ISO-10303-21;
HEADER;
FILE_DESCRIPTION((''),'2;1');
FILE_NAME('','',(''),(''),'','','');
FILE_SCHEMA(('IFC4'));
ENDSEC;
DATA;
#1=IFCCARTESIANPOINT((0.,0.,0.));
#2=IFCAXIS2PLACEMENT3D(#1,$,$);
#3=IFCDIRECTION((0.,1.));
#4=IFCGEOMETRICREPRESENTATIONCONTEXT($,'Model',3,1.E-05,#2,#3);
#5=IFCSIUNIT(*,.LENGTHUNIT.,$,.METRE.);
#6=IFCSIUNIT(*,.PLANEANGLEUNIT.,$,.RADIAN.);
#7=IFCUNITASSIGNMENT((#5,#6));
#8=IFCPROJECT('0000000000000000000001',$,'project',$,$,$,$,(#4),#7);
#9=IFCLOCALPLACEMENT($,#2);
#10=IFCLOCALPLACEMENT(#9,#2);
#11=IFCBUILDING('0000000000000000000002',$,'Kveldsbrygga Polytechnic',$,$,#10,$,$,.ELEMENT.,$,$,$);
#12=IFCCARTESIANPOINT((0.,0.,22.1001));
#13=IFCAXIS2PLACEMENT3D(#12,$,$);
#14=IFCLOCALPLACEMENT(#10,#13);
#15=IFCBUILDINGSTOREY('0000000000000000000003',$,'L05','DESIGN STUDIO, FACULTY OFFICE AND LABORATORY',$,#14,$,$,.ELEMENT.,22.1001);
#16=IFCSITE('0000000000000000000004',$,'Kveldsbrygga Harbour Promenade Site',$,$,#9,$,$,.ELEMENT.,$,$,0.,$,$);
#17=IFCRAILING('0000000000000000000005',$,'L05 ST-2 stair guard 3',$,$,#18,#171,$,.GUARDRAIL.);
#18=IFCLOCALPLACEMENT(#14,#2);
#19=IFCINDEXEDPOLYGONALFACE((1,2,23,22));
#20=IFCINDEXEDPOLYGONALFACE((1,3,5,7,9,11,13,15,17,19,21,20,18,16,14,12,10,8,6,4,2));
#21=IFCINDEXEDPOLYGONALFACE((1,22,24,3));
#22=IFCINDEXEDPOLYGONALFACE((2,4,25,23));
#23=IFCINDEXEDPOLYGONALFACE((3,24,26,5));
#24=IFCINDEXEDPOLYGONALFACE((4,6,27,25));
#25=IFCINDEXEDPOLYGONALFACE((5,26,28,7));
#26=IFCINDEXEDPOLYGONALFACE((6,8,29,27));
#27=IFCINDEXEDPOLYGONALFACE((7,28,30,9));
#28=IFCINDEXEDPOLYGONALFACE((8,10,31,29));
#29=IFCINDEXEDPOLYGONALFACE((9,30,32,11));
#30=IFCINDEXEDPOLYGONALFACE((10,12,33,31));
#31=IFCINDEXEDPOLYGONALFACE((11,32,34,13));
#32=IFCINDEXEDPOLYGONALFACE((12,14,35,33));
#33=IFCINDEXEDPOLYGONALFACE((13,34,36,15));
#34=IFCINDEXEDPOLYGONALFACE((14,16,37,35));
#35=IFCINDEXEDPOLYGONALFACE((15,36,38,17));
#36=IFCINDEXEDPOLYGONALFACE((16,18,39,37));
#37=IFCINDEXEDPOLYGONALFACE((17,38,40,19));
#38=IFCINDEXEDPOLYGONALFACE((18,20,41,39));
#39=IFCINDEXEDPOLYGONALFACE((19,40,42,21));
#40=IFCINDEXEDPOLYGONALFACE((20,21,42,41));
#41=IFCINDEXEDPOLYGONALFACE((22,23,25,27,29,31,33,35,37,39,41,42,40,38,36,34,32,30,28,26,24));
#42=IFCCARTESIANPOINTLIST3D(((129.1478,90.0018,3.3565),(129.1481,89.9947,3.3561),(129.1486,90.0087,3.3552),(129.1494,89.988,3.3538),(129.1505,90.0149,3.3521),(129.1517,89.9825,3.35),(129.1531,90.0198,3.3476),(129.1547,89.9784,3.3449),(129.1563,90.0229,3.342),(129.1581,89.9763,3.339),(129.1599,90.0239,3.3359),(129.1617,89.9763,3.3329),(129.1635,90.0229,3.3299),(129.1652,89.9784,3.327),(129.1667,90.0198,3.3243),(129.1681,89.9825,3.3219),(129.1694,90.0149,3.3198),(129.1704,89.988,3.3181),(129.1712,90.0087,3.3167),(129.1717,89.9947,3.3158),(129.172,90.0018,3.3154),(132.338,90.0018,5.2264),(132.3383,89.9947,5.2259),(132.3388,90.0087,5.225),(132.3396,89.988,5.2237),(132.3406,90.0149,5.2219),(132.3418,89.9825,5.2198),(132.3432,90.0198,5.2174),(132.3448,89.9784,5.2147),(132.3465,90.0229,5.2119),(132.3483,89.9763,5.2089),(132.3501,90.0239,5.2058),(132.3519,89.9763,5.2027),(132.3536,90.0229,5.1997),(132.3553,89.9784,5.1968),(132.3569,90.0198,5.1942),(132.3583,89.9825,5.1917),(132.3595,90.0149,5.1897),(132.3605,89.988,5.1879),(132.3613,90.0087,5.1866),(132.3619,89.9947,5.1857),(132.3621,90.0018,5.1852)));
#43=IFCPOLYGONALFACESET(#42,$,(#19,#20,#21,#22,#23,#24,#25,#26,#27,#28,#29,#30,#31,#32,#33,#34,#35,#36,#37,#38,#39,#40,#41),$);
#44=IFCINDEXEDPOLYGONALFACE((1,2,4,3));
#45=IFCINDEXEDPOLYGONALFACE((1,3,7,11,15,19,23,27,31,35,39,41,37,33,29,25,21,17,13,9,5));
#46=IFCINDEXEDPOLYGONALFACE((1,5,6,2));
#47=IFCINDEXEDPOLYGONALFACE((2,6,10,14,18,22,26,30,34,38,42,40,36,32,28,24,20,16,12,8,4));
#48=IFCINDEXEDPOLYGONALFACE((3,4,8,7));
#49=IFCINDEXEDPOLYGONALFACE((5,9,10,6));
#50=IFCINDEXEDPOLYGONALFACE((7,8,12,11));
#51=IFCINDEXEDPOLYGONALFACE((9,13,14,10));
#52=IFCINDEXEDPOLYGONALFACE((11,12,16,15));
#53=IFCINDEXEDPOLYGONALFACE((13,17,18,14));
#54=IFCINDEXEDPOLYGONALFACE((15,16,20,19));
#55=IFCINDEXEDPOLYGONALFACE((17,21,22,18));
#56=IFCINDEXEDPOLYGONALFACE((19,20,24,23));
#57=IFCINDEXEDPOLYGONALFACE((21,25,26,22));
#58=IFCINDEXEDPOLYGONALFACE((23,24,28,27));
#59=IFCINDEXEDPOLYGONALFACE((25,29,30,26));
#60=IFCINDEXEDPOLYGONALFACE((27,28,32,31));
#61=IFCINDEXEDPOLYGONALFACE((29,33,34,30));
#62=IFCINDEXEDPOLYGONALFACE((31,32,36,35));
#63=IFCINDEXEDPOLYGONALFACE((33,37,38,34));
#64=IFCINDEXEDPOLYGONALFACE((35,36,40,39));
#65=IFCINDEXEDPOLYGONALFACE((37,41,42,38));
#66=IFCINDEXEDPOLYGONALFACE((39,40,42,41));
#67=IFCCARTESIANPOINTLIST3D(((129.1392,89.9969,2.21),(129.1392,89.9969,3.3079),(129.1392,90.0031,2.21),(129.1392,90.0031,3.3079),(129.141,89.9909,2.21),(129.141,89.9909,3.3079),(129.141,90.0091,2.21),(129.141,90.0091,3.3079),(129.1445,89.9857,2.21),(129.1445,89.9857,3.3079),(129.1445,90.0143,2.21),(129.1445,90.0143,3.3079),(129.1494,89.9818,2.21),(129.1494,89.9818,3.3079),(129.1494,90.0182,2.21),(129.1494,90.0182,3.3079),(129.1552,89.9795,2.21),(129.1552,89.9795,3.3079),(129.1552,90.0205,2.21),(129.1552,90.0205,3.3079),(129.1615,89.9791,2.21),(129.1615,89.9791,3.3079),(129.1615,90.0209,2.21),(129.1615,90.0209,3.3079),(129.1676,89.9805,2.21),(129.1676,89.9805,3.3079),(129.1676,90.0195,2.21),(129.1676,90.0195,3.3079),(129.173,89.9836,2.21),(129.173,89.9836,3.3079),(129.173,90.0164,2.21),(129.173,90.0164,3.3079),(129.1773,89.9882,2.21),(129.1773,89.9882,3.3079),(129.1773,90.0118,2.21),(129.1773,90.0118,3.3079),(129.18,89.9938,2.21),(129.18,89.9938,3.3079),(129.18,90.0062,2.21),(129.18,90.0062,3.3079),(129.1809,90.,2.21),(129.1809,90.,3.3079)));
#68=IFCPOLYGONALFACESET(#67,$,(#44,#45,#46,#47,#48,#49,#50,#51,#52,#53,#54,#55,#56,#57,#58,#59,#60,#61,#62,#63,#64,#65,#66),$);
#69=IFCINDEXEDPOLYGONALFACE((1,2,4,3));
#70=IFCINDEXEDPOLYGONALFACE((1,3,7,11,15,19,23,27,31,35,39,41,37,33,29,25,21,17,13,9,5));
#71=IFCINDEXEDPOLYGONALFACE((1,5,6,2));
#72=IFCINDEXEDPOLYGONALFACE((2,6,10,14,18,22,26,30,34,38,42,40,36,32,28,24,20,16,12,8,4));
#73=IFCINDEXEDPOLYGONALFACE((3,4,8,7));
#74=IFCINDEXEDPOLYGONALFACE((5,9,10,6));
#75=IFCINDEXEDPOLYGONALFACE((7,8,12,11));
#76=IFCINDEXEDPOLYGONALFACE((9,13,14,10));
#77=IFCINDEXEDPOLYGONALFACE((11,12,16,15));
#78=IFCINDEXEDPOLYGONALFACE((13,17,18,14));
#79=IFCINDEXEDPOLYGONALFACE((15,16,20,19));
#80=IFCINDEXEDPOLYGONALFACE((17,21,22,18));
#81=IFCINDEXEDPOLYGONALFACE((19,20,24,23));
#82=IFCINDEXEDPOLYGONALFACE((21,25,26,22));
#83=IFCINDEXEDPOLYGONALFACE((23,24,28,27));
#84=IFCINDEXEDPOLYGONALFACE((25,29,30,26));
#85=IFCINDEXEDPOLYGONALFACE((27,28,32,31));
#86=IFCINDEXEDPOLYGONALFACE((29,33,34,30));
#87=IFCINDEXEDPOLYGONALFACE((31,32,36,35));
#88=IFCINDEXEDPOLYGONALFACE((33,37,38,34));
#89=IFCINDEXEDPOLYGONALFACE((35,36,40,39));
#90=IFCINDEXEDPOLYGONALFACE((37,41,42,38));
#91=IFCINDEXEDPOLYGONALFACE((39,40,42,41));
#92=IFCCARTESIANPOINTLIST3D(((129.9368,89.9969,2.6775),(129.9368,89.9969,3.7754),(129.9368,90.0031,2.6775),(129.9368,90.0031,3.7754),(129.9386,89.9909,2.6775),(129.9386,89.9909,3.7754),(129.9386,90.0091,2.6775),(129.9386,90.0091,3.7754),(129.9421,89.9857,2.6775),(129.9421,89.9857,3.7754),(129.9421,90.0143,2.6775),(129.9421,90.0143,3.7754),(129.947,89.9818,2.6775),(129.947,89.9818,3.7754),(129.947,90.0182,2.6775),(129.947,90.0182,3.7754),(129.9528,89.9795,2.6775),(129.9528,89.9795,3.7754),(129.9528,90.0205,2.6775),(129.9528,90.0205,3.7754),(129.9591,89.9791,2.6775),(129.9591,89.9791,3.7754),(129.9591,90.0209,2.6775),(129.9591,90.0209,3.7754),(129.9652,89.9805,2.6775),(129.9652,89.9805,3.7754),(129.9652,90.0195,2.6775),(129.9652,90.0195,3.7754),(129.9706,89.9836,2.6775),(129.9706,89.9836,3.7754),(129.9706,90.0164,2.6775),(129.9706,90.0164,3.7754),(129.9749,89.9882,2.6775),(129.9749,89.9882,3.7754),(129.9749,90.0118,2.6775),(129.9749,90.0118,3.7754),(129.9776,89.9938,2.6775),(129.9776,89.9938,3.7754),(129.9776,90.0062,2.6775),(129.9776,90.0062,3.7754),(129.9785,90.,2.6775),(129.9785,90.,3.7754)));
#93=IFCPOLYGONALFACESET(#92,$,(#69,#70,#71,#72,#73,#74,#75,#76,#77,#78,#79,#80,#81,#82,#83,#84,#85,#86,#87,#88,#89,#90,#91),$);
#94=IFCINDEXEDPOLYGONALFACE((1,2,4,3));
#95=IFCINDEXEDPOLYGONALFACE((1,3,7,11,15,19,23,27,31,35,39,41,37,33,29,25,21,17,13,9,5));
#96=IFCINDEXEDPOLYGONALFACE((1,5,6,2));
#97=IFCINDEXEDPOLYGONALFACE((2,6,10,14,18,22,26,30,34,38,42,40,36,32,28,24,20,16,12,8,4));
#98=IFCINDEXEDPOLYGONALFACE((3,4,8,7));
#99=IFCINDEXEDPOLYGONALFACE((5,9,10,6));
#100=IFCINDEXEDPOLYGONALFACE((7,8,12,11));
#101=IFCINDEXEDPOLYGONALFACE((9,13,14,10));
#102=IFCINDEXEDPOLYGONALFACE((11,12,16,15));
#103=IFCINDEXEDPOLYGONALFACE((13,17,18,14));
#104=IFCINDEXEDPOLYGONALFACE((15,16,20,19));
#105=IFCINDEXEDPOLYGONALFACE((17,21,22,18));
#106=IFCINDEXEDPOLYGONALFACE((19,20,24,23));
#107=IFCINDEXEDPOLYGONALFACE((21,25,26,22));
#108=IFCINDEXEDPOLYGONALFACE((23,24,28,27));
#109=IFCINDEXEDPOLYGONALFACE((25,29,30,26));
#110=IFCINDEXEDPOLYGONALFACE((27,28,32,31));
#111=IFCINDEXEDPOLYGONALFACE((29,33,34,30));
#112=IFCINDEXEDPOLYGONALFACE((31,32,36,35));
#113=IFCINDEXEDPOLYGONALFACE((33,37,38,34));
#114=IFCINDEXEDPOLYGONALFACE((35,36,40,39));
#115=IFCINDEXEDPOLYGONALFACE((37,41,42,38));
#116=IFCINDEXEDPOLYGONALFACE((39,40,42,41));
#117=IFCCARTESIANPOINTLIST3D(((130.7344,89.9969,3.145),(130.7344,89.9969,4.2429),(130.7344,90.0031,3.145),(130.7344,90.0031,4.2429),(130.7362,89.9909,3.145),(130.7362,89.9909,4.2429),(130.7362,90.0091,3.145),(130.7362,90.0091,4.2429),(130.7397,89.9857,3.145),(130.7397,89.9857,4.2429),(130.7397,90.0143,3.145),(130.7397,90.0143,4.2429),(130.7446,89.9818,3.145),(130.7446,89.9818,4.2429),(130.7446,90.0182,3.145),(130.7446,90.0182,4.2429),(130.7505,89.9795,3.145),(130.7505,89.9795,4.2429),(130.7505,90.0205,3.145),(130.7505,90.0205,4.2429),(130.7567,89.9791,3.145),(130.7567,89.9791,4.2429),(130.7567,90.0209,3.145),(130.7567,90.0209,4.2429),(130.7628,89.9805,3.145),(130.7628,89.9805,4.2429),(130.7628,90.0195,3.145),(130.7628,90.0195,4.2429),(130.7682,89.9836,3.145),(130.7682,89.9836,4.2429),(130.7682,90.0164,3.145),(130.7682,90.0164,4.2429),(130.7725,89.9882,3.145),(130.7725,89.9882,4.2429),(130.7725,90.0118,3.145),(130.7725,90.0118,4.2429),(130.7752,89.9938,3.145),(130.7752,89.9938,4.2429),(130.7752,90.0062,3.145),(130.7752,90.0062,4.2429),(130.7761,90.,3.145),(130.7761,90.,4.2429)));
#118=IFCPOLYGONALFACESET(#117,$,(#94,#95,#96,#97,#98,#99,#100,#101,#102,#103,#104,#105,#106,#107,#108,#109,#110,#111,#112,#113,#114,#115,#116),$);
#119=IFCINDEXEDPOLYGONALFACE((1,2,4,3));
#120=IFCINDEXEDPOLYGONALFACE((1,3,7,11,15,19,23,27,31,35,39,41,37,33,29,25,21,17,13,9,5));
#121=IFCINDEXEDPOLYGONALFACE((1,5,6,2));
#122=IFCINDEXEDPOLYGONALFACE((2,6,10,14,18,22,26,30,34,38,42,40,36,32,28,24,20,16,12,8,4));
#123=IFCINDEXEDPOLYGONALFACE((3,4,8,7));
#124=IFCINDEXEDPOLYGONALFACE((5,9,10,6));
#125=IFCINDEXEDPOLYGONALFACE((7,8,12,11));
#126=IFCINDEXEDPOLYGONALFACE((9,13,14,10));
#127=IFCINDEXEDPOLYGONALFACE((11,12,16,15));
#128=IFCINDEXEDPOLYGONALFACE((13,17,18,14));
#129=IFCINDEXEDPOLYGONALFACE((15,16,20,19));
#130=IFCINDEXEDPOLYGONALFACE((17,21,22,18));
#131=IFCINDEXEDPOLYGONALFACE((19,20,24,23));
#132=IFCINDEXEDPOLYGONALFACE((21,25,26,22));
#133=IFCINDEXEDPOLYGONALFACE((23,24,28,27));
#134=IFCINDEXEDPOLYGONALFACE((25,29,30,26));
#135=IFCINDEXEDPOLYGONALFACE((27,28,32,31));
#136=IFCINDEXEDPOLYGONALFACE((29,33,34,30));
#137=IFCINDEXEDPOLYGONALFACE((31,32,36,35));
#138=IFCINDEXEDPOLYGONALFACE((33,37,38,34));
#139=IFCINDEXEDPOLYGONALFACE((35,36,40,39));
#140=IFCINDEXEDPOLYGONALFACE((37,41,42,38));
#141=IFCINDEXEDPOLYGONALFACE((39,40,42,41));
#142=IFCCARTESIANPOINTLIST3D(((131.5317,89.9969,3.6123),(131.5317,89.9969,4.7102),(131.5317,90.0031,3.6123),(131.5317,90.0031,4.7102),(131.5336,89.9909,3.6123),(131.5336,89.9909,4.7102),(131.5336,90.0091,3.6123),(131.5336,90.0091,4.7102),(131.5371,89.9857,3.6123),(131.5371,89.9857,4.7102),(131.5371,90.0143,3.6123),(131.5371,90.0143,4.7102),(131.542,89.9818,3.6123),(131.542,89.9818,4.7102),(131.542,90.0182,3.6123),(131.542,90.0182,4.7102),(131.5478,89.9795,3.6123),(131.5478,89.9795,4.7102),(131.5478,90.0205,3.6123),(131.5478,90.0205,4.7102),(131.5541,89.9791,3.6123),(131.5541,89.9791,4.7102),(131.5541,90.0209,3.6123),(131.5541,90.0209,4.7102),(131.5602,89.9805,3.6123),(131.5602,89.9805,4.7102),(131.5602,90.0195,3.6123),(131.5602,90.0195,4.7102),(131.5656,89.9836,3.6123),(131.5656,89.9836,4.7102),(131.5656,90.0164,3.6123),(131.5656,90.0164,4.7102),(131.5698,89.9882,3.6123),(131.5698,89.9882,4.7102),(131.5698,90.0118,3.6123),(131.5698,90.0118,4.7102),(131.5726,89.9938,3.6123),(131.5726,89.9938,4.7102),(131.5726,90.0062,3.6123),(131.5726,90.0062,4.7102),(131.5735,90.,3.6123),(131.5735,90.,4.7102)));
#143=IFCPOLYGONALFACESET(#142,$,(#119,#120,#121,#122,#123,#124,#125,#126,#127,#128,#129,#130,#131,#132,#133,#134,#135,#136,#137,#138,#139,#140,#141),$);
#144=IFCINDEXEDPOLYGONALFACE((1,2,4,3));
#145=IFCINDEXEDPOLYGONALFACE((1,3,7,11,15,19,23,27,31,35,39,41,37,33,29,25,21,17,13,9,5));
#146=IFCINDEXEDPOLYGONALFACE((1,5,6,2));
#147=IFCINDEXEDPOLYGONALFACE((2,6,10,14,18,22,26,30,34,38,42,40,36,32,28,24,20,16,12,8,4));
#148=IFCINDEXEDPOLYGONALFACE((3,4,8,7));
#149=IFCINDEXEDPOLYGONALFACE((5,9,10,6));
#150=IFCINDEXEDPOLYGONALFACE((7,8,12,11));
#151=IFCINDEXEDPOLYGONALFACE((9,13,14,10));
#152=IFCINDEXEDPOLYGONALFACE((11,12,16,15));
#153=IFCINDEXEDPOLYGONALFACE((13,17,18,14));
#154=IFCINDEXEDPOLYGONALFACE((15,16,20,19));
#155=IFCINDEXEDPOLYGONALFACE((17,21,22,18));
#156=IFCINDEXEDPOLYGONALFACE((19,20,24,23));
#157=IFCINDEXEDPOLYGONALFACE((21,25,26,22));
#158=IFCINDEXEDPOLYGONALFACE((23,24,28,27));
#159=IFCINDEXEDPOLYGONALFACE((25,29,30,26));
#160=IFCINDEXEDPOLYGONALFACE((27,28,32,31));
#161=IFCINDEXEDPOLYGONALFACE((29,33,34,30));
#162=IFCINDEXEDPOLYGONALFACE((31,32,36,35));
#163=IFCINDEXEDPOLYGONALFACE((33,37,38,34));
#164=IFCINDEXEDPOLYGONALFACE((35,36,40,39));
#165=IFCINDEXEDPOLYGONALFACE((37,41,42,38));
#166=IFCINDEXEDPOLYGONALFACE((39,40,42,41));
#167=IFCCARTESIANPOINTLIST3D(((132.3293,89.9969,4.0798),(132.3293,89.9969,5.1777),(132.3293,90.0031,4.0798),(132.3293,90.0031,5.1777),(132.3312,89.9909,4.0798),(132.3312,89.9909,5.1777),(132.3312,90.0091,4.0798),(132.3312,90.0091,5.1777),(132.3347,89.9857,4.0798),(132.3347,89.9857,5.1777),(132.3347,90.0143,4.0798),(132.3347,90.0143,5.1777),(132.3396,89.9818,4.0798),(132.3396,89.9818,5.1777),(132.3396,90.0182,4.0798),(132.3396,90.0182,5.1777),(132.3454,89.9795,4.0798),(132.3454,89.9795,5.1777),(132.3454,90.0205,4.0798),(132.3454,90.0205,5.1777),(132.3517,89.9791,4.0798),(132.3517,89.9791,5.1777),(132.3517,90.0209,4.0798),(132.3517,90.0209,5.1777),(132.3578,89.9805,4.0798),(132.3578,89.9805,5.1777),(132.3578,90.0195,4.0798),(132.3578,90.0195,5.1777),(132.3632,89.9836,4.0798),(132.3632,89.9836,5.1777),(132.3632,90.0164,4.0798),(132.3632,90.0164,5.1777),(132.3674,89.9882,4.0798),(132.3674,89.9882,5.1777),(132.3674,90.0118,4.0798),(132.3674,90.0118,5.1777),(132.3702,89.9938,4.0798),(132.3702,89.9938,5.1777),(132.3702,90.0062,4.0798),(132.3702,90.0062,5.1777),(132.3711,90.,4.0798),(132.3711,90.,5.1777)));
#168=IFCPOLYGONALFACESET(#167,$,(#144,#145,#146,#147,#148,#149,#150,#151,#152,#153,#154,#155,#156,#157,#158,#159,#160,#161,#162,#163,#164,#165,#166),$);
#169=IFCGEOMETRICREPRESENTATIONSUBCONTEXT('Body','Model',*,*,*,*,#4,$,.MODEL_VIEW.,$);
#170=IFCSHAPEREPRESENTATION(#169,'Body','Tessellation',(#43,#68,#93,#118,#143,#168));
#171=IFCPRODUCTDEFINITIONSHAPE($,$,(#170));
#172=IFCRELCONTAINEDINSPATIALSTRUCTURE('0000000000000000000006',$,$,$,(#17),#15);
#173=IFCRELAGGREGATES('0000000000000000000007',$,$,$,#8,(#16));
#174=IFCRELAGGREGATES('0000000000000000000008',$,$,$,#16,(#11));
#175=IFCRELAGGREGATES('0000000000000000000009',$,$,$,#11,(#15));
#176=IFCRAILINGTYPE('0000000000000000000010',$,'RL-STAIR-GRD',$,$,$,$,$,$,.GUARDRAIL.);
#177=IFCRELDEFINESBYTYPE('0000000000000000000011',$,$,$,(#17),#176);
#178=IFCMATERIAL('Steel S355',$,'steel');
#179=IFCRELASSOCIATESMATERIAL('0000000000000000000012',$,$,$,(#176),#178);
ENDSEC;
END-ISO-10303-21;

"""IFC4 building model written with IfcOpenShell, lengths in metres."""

from ifc_helpers import new_model, si_unit, direction, frame, origin, origin_2d, place, context, subcontext, project, spatial, circle, extrude, material, type_object, element, save


model = new_model("IFC4")

# Units and contexts
model_context = context("Model", 3, precision=1e-05, world=origin(), true_north=direction((0.0, 1.0)))
body_context = subcontext(model_context, "Body", "Model", "MODEL_VIEW")
ifc_project = project(units=[si_unit("LENGTHUNIT", "METRE"), si_unit("PLANEANGLEUNIT", "RADIAN")], contexts=[model_context])

# Site, building, storey
site_placement = place(None, origin())
site = spatial("IfcSite", under=ifc_project, at=site_placement, Name="Kveldsbrygga Harbour Promenade Site", CompositionType="ELEMENT", RefElevation=0.0)
building_placement = place(site_placement, origin())
building = spatial("IfcBuilding", under=site, at=building_placement, Name="Kveldsbrygga Polytechnic", CompositionType="ELEMENT")
storey_placement = place(building_placement, frame((0.0, 0.0, 22.1001)))
storey = spatial("IfcBuildingStorey", under=building, at=storey_placement, Name="L05", Description="DESIGN STUDIO, FACULTY OFFICE AND LABORATORY", CompositionType="ELEMENT", Elevation=22.1001)

# Railing
ifc_material_1 = material(Name="Steel S355", Category="steel")
railing_type_1 = type_object("IfcRailingType", Name="RL-STAIR-GRD", PredefinedType="GUARDRAIL", material=ifc_material_1)
railing_1_placement = place(storey_placement, frame((129.1599, 90.0, 2.21)))
element("IfcRailing", 1, at=railing_1_placement, inside=storey, type_object=railing_type_1, Name="L05 ST-2 stair guard 3", PredefinedType="GUARDRAIL", context=body_context, shape_type="SweptSolid", body=[
    extrude(circle(Radius=0.0239, at=origin_2d()), frame((0.0, 0.0, 1.126), z_axis=(0.862726, 0.0, 0.505672), x_axis=(0.0, 1.0, 0.0)), (0.0, 0.0, 1.0), 3.6978),
    extrude(circle(Radius=0.021, at=origin_2d()), origin(), (0.0, 0.0, 1.0), 1.0979),
    extrude(circle(Radius=0.021, at=origin_2d()), frame((0.7976, 0.0, 0.4675)), (0.0, 0.0, 1.0), 1.0979),
    extrude(circle(Radius=0.021, at=origin_2d()), frame((1.5952, 0.0, 0.9351)), (0.0, 0.0, 1.0), 1.0979),
    extrude(circle(Radius=0.021, at=origin_2d()), frame((2.3926, 0.0, 1.4023)), (0.0, 0.0, 1.0), 1.0979),
    extrude(circle(Radius=0.021, at=origin_2d()), frame((3.1902, 0.0, 1.8699)), (0.0, 0.0, 1.0), 1.0979),
])

save(model, "model.ifc")
